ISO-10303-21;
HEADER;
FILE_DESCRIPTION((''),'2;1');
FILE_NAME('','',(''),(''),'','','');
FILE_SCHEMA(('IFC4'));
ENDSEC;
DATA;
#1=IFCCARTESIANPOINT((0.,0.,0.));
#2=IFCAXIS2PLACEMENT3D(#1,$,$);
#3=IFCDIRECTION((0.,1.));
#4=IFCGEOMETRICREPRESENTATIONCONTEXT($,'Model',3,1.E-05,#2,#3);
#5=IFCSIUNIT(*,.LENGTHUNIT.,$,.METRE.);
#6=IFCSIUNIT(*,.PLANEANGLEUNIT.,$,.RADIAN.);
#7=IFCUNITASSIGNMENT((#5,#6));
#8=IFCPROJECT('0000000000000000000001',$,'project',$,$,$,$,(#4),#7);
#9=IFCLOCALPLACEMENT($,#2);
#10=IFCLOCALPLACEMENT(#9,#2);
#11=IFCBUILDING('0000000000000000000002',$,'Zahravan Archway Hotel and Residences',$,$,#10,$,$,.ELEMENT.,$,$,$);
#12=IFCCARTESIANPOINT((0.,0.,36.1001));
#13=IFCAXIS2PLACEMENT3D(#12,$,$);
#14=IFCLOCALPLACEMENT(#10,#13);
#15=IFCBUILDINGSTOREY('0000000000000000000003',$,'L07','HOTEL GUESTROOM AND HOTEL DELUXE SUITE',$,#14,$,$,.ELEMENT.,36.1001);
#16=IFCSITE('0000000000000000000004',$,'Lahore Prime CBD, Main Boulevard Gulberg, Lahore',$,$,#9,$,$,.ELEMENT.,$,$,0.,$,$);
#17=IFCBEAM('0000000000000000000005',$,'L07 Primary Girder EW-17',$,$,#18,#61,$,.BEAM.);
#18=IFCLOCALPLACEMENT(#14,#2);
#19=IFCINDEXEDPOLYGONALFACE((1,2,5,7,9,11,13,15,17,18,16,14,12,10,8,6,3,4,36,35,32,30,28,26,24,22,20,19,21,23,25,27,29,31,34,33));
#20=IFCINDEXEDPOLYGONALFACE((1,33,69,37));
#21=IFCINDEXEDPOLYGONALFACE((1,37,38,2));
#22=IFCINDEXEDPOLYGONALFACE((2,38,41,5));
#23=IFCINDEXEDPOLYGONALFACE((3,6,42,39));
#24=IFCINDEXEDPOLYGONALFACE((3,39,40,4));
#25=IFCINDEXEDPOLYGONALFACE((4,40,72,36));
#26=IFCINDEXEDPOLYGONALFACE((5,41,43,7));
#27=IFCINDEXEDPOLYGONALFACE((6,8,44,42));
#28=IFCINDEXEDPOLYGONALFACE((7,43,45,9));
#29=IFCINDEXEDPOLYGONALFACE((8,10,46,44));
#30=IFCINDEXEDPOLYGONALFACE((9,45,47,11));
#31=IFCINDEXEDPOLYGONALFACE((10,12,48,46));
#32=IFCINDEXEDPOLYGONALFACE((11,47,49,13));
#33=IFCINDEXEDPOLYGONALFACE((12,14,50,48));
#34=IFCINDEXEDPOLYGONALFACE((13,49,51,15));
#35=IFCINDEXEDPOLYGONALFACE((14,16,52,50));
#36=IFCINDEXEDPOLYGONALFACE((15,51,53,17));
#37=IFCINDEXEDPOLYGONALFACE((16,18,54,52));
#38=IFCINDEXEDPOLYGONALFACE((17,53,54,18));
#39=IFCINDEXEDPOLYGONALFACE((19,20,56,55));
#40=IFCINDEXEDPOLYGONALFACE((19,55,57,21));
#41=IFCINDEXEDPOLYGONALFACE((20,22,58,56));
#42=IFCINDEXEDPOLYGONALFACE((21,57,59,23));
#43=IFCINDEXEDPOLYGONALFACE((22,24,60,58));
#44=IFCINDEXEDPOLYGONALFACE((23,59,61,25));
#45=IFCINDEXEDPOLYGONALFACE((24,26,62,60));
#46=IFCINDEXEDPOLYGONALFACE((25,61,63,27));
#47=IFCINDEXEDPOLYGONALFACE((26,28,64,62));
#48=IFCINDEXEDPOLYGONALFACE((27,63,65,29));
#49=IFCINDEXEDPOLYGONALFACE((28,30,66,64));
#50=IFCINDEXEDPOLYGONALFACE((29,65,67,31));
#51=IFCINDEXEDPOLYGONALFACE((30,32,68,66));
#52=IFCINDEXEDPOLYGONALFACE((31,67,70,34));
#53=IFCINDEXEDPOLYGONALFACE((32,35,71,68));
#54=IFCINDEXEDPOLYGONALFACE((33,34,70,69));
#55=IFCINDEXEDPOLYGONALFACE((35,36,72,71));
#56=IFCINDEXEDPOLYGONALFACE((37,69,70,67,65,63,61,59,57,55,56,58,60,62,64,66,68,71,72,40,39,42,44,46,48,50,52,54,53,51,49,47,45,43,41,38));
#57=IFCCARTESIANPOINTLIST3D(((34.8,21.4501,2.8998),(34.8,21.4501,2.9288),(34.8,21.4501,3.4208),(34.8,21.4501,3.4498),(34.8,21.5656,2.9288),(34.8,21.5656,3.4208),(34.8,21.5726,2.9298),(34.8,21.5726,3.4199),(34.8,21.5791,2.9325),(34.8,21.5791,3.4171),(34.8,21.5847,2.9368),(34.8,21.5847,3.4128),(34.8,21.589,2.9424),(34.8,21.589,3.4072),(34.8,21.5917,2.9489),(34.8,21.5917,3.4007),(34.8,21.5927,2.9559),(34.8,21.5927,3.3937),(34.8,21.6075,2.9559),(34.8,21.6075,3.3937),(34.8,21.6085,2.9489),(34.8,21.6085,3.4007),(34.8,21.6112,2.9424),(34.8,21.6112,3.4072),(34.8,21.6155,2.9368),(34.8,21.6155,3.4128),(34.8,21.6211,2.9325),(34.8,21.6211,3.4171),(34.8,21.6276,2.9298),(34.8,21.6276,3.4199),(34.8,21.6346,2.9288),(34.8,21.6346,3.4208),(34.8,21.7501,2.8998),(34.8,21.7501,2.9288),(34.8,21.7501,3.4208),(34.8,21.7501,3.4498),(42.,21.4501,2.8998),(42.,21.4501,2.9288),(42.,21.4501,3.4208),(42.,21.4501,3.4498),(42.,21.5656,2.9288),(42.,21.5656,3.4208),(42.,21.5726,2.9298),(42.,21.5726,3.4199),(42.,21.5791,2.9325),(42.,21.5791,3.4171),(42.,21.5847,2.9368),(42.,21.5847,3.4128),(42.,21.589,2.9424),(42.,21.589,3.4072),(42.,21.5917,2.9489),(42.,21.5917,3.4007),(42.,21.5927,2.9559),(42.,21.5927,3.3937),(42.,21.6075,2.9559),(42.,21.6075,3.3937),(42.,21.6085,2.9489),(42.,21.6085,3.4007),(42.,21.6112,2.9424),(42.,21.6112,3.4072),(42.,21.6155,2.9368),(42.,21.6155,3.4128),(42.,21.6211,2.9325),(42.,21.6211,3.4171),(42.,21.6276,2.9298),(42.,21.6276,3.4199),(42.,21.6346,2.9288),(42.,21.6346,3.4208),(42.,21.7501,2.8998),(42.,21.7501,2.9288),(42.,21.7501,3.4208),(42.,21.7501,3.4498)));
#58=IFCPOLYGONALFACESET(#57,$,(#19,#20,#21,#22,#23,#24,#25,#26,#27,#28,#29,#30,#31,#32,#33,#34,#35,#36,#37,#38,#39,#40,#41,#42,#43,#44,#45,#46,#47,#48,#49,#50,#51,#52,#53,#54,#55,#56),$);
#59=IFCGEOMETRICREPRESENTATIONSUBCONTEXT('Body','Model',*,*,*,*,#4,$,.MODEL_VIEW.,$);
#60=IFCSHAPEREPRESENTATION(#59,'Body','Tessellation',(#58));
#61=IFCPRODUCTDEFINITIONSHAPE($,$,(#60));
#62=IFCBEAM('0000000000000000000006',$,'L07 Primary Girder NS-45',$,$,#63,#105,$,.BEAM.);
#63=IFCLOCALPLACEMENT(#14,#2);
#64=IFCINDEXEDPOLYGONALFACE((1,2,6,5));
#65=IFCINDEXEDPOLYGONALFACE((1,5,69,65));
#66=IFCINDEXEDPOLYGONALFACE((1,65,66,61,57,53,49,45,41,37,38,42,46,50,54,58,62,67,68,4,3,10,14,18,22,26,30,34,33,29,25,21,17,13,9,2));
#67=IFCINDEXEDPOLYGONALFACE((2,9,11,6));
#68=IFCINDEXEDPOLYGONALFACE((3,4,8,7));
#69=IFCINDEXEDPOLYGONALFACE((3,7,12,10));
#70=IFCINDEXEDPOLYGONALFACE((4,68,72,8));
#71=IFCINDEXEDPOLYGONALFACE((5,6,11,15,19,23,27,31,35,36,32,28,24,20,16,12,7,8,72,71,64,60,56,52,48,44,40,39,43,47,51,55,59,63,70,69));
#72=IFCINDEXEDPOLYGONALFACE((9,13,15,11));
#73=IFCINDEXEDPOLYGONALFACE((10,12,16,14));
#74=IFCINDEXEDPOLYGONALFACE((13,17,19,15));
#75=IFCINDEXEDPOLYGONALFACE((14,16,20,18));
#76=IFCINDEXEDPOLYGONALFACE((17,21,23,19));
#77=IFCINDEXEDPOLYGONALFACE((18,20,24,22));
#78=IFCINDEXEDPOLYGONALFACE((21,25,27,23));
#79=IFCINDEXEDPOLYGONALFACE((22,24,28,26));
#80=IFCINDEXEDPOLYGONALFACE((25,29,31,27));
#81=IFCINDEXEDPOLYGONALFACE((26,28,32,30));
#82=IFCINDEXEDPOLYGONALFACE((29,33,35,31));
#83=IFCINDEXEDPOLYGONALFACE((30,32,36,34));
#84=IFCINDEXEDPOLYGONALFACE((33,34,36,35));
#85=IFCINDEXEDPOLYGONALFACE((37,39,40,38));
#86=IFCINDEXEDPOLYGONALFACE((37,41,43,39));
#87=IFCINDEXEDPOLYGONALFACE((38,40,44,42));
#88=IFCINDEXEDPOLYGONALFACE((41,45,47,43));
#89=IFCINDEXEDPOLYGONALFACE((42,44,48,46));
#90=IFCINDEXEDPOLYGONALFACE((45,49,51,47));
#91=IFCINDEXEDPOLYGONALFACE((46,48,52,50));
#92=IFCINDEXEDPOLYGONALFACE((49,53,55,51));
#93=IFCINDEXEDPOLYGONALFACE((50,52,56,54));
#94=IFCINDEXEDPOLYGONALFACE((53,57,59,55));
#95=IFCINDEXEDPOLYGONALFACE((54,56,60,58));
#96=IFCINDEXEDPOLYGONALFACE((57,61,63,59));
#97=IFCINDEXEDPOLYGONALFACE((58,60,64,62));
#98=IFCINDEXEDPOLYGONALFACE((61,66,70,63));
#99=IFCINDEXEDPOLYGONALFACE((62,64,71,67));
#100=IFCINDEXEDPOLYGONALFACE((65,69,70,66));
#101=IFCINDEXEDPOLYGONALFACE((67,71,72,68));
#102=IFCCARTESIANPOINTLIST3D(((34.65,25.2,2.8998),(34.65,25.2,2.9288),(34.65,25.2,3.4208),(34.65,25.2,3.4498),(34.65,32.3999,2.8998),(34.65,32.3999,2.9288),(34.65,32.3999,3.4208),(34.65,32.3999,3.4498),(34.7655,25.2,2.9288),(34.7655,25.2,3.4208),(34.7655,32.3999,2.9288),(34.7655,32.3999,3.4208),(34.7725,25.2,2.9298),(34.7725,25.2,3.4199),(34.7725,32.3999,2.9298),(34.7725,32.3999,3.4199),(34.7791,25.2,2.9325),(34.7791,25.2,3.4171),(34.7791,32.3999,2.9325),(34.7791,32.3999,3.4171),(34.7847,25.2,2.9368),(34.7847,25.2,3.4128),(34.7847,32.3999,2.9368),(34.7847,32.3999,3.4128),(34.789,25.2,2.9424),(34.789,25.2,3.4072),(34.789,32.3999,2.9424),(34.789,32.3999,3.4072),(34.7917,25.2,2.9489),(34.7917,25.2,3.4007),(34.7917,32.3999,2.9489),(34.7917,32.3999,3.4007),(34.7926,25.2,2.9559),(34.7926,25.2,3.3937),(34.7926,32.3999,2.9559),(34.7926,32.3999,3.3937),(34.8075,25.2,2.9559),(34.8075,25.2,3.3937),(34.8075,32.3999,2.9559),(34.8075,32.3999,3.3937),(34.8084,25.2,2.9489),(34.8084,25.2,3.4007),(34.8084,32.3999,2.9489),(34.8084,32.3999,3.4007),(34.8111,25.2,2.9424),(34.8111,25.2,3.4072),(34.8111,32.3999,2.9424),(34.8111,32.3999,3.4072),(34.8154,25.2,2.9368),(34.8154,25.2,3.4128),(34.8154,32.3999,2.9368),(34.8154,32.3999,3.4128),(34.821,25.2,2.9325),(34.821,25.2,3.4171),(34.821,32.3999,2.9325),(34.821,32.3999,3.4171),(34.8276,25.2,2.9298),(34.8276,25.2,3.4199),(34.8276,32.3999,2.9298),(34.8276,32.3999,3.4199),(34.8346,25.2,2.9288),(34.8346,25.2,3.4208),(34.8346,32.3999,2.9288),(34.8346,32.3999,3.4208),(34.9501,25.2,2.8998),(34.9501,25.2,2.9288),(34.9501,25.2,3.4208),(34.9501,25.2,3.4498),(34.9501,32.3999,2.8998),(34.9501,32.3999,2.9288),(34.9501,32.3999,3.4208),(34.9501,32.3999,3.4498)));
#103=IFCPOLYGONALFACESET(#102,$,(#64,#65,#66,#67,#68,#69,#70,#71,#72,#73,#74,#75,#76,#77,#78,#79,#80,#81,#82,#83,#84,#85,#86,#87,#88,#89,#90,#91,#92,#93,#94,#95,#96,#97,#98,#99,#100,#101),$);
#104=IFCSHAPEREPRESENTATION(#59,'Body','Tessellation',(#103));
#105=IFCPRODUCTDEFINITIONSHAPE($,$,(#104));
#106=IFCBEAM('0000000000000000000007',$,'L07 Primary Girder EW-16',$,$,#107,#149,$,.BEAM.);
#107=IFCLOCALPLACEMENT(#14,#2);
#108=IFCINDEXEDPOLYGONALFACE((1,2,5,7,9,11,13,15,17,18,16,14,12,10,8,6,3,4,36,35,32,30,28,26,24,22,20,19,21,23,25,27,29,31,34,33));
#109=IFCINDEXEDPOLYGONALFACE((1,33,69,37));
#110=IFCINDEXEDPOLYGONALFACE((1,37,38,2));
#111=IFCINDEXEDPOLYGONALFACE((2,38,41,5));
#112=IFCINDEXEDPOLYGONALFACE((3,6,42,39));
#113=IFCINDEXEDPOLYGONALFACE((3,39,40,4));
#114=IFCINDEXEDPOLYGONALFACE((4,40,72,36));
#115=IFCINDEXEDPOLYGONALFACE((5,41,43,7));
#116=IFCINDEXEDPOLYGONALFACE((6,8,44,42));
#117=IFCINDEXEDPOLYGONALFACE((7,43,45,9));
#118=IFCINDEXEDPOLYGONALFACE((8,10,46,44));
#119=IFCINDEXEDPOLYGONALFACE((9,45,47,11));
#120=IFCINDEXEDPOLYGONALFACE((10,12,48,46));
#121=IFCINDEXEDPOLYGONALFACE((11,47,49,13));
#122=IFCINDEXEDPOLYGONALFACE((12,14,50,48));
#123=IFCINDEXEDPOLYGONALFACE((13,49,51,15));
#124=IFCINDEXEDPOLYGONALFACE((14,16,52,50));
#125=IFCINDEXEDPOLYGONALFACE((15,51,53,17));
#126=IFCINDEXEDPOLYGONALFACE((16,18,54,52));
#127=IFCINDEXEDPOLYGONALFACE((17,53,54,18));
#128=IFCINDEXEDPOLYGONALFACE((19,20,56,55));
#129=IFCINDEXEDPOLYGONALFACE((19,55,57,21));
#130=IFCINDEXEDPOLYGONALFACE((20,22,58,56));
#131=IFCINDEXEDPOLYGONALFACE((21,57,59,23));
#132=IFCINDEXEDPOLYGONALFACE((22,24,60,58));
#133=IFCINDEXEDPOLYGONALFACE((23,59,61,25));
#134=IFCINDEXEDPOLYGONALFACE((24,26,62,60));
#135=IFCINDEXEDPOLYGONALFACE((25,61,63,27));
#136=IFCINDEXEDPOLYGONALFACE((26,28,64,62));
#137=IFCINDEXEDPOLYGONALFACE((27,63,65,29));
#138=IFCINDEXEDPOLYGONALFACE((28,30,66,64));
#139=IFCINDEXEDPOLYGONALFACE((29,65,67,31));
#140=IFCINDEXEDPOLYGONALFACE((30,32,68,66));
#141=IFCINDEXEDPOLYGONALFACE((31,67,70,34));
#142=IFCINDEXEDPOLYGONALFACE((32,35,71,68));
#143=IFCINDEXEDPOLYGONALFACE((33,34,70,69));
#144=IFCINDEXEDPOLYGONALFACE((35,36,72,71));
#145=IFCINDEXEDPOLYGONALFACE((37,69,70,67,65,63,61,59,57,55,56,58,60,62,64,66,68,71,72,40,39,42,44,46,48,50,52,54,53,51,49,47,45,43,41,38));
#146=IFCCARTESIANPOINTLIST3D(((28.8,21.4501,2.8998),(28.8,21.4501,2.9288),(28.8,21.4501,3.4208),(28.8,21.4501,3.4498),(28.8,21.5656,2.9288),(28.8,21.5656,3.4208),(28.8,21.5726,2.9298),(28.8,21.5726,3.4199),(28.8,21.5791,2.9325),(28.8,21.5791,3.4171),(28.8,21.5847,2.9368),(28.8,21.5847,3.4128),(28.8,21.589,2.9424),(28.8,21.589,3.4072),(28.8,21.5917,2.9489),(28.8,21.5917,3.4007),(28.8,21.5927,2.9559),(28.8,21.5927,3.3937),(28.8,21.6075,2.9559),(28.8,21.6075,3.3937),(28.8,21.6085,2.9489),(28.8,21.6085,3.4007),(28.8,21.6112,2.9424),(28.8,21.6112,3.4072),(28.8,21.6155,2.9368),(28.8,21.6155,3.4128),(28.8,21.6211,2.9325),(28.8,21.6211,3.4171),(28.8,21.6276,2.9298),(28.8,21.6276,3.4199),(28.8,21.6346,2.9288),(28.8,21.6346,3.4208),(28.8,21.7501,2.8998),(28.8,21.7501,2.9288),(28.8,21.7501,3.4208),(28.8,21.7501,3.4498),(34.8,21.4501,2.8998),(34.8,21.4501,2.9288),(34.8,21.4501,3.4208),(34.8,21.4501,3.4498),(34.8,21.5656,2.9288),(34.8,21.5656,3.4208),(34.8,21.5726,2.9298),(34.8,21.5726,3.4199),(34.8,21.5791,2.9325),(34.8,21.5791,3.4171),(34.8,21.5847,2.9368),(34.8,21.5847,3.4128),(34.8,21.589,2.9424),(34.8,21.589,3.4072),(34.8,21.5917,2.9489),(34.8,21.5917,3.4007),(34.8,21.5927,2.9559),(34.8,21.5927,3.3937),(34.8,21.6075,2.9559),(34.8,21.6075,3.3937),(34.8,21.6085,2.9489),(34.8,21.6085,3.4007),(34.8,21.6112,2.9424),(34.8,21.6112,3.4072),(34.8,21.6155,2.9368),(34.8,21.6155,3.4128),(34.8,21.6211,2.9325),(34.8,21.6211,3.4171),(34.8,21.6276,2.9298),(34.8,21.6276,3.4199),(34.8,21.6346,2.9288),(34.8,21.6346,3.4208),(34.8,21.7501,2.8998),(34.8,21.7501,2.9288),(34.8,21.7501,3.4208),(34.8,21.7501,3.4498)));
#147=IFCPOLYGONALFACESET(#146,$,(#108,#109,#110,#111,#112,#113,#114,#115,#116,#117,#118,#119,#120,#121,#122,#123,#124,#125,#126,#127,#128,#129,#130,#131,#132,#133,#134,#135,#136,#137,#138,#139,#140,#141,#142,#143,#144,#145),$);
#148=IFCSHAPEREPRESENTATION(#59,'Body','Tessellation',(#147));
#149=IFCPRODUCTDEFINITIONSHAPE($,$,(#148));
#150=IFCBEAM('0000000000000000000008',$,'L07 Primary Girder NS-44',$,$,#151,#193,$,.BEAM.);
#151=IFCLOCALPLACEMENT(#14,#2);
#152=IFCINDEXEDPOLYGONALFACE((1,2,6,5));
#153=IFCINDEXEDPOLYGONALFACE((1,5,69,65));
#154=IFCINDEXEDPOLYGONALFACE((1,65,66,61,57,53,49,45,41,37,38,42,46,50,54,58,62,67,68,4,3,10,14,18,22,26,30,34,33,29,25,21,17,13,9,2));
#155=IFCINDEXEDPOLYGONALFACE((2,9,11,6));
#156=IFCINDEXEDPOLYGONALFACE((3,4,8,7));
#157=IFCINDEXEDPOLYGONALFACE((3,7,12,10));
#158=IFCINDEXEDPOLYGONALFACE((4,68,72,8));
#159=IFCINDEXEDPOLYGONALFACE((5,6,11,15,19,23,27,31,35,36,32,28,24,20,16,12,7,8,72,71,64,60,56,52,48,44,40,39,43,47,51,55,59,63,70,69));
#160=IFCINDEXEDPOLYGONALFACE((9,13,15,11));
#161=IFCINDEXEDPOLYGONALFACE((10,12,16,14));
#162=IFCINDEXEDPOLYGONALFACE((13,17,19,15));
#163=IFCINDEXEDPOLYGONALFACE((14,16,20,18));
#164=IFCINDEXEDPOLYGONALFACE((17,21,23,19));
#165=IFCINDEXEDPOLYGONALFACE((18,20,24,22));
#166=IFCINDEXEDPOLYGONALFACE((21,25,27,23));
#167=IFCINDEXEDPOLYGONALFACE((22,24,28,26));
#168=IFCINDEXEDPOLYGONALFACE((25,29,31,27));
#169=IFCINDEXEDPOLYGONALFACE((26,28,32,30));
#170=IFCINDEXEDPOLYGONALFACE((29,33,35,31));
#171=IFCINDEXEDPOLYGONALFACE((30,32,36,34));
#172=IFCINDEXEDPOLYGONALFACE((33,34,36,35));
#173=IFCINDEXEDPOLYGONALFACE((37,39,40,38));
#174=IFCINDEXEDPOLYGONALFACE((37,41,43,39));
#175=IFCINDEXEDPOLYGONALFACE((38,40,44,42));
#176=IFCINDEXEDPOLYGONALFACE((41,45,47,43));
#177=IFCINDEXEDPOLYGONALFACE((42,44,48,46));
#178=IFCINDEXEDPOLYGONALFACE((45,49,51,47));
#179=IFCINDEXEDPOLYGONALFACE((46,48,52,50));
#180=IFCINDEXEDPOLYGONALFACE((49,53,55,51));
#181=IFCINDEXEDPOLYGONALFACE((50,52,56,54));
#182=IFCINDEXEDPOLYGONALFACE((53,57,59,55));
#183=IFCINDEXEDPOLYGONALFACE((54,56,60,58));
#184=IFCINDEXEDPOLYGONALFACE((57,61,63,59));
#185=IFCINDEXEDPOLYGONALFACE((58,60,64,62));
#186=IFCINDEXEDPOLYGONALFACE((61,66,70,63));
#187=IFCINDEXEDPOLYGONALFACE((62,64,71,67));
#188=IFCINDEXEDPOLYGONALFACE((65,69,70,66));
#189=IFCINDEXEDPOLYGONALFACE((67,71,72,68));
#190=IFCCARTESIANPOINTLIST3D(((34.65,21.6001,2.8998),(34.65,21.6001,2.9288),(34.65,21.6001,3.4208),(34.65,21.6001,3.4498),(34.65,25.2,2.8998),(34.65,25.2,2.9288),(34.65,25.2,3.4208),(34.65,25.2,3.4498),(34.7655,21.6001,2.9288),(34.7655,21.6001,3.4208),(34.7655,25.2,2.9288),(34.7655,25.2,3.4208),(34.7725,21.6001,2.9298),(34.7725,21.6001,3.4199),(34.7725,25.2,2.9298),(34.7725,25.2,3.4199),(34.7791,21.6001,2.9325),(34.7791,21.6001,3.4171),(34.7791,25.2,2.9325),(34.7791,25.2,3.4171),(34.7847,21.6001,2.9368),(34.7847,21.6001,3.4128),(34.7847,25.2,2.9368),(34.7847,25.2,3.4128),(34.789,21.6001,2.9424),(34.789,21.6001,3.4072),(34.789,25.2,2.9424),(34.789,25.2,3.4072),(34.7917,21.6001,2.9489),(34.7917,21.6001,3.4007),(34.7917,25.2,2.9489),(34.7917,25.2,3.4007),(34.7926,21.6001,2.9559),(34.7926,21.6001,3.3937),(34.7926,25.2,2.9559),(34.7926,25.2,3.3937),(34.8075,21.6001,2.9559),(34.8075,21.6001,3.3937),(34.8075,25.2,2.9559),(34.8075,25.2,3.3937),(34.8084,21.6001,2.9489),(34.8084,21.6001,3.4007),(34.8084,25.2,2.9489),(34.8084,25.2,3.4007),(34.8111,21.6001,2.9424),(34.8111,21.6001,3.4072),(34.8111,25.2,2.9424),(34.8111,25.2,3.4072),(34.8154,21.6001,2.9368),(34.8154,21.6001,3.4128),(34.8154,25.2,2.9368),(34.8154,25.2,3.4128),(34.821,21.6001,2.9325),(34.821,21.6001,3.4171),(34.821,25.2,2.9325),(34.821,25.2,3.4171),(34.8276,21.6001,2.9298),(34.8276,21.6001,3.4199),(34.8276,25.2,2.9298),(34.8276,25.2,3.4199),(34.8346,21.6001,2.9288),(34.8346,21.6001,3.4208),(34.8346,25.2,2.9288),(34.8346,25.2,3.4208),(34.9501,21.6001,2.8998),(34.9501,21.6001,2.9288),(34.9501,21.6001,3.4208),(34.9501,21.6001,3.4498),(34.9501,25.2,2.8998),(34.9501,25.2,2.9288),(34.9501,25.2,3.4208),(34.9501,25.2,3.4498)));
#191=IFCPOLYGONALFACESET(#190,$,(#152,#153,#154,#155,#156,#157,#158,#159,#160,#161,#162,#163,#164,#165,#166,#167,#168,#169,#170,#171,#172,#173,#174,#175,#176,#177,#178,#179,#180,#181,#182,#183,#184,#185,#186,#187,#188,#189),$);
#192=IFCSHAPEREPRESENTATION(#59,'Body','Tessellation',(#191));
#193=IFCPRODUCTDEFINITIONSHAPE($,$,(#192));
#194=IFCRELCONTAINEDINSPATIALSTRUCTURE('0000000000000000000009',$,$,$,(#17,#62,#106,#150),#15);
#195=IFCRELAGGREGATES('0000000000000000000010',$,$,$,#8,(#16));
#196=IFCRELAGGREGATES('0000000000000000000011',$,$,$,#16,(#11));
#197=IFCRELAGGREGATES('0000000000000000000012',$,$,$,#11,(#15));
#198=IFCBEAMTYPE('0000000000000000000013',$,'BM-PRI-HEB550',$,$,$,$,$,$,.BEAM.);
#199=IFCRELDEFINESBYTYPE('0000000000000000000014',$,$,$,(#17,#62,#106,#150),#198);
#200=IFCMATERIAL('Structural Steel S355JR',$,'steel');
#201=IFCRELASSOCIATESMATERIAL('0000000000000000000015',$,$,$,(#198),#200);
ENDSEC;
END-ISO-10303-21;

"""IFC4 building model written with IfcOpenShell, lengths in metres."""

from ifc_helpers import new_model, si_unit, direction, frame, origin, origin_2d, place, context, subcontext, project, spatial, i_section, extrude, source, transform, mapped, material, material_profile, profile_set, type_object, element, save


model = new_model("IFC4")

# Units and contexts
model_context = context("Model", 3, precision=1e-05, world=origin(), true_north=direction((0.0, 1.0)))
body_context = subcontext(model_context, "Body", "Model", "MODEL_VIEW")
ifc_project = project(units=[si_unit("LENGTHUNIT", "METRE"), si_unit("PLANEANGLEUNIT", "RADIAN")], contexts=[model_context])

# Site, building, storey
site_placement = place(None, origin())
site = spatial("IfcSite", under=ifc_project, at=site_placement, Name="Lahore Prime CBD, Main Boulevard Gulberg, Lahore", CompositionType="ELEMENT", RefElevation=0.0)
building_placement = place(site_placement, origin())
building = spatial("IfcBuilding", under=site, at=building_placement, Name="Zahravan Archway Hotel and Residences", CompositionType="ELEMENT")
storey_placement = place(building_placement, frame((0.0, 0.0, 36.1001)))
storey = spatial("IfcBuildingStorey", under=building, at=storey_placement, Name="L07", Description="HOTEL GUESTROOM AND HOTEL DELUXE SUITE", CompositionType="ELEMENT", Elevation=36.1001)

# Beams
ifc_material_1 = material(Name="Structural Steel S355JR", Category="steel")
ifc_material_profile_1 = material_profile(ifc_material_1, i_section(OverallWidth=0.3, OverallDepth=0.55, WebThickness=0.0149, FlangeThickness=0.0291, FilletRadius=0.0271, at=origin_2d()), Name="HEB 550", Category="steel")
ifc_profile_set_1 = profile_set([ifc_material_profile_1], Name="Structural Steel S355JR")
beam_type_1 = type_object("IfcBeamType", Name="BM-PRI-HEB550", PredefinedType="BEAM", material=ifc_profile_set_1)
shared_shape_1 = source(origin(), body_context, "Body", "SweptSolid", [
    extrude(i_section(OverallWidth=0.3, OverallDepth=0.55, WebThickness=0.0149, FlangeThickness=0.0291, FilletRadius=0.0271, at=origin_2d()), origin(), (0.0, 0.0, 1.0), 7.2),
])
for number, where, z_axis, x_axis, name in (
    (1, (34.8, 21.6001, 3.1748), (1.0, 0.0, 0.0), (0.0, 1.0, 0.0), "L07 Primary Girder EW-17"),
    (2, (34.8, 25.2, 3.1748), (0.0, 1.0, 0.0), (-1.0, 0.0, 0.0), "L07 Primary Girder NS-45"),
):
    element("IfcBeam", number, at=place(storey_placement, frame(where, z_axis=z_axis, x_axis=x_axis)), inside=storey, type_object=beam_type_1, Name=name, PredefinedType="BEAM", context=body_context, shape_type="MappedRepresentation", body=[
        mapped(shared_shape_1, transform((0.0, 0.0, 0.0), scale=1.0)),
    ])
shared_shape_2 = source(origin(), body_context, "Body", "SweptSolid", [
    extrude(i_section(OverallWidth=0.3, OverallDepth=0.55, WebThickness=0.0149, FlangeThickness=0.0291, FilletRadius=0.0271, at=origin_2d()), origin(), (0.0, 0.0, 1.0), 6.0),
])
beam_1_placement = place(storey_placement, frame((28.8, 21.6001, 3.1748), z_axis=(1.0, 0.0, 0.0), x_axis=(0.0, 1.0, 0.0)))
element("IfcBeam", 3, at=beam_1_placement, inside=storey, type_object=beam_type_1, Name="L07 Primary Girder EW-16", PredefinedType="BEAM", context=body_context, shape_type="MappedRepresentation", body=[
    mapped(shared_shape_2, transform((0.0, 0.0, 0.0), scale=1.0)),
])
shared_shape_3 = source(origin(), body_context, "Body", "SweptSolid", [
    extrude(i_section(OverallWidth=0.3, OverallDepth=0.55, WebThickness=0.0149, FlangeThickness=0.0291, FilletRadius=0.0271, at=origin_2d()), origin(), (0.0, 0.0, 1.0), 3.5999),
])
beam_2_placement = place(storey_placement, frame((34.8, 21.6001, 3.1748), z_axis=(0.0, 1.0, 0.0), x_axis=(-1.0, 0.0, 0.0)))
element("IfcBeam", 4, at=beam_2_placement, inside=storey, type_object=beam_type_1, Name="L07 Primary Girder NS-44", PredefinedType="BEAM", context=body_context, shape_type="MappedRepresentation", body=[
    mapped(shared_shape_3, transform((0.0, 0.0, 0.0), scale=1.0)),
])

save(model, "model.ifc")
